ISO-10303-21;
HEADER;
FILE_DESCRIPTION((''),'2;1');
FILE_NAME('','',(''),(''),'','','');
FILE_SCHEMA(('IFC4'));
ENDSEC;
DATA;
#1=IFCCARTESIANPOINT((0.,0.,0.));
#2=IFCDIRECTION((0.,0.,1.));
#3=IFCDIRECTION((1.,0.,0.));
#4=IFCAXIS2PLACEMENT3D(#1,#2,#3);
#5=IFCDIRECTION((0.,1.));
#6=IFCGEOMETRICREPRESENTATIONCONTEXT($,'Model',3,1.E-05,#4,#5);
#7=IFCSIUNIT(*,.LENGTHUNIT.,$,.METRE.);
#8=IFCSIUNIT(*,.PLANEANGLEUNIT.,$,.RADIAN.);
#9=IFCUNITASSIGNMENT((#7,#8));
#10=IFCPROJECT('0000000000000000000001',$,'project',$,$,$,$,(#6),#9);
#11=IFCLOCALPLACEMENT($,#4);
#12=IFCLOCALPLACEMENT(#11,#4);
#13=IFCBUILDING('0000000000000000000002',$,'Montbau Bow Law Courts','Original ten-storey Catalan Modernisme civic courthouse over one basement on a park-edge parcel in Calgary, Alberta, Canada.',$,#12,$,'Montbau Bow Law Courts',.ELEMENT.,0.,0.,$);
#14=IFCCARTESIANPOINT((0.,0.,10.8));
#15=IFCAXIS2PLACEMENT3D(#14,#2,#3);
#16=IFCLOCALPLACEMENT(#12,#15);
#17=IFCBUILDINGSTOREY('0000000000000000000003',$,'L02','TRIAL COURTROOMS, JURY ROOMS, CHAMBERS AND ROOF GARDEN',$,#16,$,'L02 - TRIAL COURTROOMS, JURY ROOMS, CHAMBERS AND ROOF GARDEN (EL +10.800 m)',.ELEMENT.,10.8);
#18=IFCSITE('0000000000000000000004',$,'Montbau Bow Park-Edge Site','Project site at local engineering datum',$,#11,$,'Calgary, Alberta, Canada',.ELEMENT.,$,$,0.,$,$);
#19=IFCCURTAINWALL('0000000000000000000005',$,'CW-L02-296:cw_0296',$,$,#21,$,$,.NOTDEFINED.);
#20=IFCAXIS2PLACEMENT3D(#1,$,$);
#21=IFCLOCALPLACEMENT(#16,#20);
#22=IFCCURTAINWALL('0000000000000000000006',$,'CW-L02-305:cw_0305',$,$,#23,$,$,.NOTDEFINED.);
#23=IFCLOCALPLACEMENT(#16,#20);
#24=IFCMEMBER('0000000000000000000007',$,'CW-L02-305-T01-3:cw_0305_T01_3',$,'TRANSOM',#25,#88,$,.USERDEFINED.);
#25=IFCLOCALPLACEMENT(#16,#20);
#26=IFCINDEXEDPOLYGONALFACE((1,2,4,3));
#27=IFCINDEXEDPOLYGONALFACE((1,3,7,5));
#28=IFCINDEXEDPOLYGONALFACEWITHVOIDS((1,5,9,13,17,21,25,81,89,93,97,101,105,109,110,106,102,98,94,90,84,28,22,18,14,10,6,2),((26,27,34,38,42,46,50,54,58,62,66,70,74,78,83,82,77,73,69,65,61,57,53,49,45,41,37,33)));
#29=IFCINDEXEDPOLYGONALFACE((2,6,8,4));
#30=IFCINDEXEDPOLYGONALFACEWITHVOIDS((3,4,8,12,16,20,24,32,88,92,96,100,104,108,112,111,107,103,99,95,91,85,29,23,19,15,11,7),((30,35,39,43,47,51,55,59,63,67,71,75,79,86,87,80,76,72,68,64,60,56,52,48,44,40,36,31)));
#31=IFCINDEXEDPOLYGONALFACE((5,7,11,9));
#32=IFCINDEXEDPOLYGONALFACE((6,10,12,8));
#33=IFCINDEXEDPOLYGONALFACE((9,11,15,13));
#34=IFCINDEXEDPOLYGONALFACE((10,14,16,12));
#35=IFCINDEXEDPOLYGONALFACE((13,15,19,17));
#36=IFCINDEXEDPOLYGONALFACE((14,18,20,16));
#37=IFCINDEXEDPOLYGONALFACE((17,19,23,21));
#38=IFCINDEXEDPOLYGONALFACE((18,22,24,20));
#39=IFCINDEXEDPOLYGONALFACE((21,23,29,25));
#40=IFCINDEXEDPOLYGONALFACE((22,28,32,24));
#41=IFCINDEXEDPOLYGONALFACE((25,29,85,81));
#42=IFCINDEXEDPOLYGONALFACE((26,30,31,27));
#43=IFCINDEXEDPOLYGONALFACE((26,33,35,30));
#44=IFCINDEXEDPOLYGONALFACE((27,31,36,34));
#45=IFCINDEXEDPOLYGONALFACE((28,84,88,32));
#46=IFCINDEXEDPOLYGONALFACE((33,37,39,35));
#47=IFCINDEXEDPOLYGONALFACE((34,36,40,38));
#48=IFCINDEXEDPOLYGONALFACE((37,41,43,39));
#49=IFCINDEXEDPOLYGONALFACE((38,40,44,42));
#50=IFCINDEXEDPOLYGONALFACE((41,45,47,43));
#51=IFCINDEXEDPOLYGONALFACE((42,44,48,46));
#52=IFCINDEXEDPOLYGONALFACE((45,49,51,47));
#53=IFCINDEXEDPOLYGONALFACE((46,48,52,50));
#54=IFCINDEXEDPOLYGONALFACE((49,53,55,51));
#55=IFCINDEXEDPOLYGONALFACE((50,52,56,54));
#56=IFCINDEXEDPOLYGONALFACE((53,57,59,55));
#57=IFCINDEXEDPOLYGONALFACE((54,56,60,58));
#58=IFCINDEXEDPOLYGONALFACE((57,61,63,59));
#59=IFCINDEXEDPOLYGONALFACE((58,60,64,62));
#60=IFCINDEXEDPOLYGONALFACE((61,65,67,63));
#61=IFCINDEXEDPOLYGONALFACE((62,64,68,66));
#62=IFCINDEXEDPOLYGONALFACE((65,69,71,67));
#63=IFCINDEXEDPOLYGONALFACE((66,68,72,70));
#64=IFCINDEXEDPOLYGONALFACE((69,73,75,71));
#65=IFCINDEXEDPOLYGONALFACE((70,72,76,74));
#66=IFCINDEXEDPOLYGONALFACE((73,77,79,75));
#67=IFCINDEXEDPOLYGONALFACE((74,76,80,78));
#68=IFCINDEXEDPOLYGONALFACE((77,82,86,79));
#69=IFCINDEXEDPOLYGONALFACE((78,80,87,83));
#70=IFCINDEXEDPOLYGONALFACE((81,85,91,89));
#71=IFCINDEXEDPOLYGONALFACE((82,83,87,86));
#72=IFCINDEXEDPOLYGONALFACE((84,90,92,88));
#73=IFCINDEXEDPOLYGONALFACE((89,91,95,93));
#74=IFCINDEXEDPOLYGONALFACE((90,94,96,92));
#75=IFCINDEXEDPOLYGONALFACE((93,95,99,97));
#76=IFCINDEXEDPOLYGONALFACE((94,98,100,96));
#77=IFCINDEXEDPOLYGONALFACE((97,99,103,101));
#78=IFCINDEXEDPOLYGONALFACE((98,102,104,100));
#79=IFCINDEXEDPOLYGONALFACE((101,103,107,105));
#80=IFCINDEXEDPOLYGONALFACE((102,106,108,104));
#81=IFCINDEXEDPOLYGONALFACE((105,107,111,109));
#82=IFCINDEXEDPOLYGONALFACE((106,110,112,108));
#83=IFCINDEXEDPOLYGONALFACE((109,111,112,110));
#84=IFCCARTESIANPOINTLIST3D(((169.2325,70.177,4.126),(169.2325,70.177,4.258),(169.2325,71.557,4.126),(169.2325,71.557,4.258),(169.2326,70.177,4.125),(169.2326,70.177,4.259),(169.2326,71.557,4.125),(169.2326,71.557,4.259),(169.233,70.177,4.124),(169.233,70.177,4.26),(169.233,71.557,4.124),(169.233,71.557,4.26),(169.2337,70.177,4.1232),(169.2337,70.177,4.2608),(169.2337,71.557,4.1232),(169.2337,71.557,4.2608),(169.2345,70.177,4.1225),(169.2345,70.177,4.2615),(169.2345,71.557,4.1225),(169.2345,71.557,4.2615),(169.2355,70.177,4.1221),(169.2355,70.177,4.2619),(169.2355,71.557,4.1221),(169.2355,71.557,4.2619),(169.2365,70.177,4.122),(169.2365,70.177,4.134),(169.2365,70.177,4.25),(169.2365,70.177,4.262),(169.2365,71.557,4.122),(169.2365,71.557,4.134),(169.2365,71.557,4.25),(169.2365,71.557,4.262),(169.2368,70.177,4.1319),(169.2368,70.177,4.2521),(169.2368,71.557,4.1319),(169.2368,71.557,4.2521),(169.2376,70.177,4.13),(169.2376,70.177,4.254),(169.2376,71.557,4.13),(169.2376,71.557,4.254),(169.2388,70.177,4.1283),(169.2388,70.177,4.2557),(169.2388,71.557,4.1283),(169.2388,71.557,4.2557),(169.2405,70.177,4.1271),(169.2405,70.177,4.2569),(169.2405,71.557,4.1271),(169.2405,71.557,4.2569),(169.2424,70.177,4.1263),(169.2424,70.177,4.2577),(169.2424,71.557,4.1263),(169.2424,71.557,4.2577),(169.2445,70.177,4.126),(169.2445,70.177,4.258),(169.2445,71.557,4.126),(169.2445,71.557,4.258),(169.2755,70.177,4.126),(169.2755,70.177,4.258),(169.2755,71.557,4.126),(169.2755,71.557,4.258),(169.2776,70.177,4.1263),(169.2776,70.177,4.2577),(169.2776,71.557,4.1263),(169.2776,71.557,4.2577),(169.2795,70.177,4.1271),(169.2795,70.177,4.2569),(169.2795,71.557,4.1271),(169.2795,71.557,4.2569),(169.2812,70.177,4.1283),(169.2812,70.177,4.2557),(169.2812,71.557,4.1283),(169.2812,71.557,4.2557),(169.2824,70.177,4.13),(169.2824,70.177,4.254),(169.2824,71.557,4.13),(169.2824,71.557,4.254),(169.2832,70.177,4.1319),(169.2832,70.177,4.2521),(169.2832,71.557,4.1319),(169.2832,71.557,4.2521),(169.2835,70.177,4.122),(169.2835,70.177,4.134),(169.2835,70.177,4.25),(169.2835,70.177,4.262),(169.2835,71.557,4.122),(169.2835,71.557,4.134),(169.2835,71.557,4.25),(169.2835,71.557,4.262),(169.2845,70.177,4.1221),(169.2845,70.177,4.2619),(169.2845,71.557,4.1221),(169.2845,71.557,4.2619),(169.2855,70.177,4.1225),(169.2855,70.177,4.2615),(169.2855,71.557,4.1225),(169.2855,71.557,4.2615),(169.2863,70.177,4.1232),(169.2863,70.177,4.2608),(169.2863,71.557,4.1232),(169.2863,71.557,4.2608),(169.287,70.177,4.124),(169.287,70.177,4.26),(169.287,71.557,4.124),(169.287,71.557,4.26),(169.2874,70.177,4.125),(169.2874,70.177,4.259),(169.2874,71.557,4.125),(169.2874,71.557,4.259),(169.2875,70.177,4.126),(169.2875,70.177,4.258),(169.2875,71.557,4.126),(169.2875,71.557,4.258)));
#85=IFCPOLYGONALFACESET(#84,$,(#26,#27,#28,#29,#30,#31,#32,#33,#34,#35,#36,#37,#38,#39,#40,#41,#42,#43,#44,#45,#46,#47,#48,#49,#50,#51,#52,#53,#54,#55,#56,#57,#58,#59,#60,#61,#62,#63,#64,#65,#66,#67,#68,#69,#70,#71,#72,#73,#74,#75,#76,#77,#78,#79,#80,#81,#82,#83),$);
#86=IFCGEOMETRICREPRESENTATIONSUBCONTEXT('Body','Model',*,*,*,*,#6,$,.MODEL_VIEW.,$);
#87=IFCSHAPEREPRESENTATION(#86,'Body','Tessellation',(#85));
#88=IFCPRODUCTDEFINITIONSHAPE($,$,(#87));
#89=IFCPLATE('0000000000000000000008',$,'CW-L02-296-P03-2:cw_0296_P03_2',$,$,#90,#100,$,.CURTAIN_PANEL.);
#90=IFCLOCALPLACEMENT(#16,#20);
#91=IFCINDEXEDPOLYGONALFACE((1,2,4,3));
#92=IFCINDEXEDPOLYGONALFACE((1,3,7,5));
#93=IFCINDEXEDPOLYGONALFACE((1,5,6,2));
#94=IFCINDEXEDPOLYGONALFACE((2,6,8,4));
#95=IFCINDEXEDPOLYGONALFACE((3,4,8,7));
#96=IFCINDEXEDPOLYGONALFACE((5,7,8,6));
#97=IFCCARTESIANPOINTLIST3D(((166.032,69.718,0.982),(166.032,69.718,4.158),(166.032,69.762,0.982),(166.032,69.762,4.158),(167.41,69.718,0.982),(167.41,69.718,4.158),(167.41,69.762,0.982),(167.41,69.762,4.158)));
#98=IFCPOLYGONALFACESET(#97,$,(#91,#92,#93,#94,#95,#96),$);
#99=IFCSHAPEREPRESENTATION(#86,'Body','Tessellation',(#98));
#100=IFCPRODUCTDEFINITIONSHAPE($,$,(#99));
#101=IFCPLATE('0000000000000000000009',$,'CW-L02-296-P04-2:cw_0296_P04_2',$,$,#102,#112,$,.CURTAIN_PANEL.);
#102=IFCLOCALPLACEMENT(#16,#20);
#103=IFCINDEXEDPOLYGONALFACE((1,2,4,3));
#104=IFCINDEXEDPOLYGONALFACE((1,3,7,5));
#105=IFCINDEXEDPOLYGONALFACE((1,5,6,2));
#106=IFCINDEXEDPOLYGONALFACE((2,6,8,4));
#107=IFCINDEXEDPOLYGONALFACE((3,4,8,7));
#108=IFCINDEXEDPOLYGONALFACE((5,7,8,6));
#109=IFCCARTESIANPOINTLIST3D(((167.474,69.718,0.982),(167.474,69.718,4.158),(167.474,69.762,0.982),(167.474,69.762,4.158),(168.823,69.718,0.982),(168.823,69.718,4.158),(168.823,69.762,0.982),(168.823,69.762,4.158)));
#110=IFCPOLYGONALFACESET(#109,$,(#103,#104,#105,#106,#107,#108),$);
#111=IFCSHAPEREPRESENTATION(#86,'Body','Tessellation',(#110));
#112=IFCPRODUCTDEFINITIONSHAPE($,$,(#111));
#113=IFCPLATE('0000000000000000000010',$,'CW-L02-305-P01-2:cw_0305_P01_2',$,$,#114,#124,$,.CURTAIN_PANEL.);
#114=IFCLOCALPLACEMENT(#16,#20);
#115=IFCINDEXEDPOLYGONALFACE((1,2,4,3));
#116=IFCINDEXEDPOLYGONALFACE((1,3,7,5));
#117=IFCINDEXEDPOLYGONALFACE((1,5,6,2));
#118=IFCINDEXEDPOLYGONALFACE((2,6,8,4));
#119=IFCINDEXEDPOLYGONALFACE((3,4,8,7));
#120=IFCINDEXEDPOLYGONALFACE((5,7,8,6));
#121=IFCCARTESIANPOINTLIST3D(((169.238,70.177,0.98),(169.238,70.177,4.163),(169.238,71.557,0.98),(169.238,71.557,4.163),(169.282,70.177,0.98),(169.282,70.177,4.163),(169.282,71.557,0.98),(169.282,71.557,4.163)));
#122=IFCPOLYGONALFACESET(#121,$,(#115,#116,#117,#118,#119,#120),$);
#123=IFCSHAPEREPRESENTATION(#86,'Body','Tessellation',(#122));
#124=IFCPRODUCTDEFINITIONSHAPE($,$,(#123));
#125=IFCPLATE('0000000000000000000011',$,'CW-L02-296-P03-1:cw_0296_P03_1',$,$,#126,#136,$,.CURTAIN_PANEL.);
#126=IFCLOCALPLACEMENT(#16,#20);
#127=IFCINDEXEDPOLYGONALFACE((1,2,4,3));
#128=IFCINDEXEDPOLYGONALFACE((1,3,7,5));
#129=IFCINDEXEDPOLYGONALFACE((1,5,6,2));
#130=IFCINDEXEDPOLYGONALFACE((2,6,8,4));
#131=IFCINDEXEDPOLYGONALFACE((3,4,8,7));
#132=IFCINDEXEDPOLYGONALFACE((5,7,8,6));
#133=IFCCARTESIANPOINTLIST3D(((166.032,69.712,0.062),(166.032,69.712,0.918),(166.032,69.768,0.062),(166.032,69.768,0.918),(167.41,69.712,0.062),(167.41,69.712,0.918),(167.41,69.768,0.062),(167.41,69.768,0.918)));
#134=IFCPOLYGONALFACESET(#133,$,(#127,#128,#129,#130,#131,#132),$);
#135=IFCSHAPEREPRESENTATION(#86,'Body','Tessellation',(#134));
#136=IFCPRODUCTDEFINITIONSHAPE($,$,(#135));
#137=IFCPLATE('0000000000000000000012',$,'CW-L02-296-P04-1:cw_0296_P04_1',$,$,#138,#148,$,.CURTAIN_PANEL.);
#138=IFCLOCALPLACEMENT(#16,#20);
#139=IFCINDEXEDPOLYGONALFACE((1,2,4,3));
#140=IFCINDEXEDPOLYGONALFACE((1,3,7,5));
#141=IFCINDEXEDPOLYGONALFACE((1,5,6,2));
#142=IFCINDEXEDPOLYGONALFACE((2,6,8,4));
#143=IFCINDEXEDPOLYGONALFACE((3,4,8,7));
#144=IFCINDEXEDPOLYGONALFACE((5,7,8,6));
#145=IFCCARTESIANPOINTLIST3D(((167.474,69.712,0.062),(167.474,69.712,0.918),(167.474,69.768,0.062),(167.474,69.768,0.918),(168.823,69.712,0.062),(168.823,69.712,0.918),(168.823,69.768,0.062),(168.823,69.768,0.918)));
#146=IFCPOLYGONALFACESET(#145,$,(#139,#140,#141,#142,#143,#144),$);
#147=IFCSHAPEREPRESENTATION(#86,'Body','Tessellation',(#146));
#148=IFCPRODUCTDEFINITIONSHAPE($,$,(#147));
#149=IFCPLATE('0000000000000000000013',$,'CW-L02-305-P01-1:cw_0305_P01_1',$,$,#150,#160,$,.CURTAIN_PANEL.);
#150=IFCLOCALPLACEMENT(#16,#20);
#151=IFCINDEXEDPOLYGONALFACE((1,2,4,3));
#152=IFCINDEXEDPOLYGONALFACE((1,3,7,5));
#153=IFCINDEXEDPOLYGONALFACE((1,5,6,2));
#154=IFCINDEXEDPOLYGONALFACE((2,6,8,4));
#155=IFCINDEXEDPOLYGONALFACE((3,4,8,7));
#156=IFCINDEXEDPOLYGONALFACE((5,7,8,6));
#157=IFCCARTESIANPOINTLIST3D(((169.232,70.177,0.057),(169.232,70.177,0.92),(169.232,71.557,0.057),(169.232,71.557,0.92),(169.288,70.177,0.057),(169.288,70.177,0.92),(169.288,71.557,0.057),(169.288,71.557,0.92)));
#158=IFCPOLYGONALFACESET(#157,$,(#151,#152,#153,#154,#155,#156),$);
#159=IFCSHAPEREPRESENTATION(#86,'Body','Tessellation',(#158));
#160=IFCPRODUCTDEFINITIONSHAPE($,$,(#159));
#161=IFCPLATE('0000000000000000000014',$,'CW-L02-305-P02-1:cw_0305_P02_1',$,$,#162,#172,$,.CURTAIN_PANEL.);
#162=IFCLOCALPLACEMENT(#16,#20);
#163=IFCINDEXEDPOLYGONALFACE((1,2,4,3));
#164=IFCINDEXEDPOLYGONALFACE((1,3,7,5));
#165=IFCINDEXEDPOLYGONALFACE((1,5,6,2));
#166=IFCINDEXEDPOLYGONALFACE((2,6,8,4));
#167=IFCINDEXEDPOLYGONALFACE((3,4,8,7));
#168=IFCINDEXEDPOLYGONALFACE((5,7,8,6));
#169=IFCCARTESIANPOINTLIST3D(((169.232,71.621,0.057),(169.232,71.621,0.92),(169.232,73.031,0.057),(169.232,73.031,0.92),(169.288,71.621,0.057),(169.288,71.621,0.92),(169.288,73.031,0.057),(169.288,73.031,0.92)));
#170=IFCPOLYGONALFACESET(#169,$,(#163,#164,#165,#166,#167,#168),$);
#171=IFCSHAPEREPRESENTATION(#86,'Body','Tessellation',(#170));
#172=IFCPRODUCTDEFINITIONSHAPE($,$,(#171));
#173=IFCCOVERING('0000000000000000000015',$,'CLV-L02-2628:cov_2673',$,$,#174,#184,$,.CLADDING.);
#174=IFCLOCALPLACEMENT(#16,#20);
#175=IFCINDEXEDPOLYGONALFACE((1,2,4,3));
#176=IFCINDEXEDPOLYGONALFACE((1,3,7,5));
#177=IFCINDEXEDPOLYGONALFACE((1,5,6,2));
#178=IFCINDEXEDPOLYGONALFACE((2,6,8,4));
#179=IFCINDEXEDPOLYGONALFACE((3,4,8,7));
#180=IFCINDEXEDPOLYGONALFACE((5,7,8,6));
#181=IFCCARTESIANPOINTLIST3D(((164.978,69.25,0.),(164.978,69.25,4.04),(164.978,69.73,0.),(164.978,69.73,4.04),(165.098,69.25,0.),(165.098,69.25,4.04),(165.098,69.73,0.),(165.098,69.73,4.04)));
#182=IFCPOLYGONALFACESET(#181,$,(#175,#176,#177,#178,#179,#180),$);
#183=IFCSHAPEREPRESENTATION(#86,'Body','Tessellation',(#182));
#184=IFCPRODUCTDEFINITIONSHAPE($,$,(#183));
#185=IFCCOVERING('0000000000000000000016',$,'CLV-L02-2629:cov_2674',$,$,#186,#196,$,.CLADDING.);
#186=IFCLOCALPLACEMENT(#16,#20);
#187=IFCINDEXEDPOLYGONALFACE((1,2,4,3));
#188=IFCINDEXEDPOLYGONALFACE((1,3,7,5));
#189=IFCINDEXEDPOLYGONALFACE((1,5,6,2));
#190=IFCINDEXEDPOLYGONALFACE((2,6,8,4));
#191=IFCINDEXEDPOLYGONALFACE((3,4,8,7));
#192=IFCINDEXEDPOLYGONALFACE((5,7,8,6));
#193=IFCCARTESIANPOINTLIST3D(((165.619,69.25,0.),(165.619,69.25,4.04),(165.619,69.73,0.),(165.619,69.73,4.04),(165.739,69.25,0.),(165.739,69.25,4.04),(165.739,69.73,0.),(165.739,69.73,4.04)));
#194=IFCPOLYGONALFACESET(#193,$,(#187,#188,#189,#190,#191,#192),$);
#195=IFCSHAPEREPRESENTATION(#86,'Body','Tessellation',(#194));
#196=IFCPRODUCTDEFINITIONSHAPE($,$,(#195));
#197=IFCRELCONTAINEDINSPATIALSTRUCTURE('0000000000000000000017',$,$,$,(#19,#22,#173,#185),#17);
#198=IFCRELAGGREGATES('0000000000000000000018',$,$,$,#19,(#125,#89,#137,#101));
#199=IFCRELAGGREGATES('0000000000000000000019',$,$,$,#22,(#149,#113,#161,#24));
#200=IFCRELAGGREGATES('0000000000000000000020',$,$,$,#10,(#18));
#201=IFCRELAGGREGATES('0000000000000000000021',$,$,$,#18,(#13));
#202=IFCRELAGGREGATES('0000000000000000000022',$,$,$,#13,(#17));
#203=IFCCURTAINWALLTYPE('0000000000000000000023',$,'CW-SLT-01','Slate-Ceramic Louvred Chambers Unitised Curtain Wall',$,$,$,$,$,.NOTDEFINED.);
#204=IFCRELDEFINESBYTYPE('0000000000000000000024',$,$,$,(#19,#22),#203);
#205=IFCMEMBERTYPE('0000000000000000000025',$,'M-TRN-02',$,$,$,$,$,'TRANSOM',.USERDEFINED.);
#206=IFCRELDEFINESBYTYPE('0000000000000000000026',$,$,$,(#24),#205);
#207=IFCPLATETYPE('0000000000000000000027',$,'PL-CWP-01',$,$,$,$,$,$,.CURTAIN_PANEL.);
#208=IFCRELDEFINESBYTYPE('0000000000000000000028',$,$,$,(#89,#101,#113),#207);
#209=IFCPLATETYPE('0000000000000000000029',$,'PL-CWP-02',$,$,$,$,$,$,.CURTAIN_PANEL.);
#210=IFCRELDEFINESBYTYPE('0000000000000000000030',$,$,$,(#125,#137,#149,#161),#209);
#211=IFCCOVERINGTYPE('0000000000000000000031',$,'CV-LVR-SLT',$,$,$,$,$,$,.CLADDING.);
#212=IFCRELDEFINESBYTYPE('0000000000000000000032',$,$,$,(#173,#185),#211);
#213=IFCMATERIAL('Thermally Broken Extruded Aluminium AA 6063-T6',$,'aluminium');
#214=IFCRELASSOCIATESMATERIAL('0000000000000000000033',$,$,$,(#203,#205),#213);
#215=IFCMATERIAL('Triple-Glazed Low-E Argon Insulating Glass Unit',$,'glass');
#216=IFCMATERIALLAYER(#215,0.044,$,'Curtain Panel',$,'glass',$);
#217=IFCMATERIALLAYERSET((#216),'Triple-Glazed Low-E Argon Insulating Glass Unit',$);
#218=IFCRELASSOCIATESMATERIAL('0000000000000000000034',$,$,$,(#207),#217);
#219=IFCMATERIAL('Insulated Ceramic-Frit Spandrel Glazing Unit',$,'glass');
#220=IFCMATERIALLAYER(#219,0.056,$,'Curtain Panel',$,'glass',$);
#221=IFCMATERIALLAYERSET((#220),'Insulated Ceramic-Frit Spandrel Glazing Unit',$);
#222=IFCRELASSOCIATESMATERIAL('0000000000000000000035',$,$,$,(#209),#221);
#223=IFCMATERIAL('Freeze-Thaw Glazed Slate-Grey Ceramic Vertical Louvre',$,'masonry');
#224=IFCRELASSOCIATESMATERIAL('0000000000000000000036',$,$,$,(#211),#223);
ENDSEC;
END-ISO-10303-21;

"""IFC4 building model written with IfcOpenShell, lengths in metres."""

from ifc_helpers import new_model, si_unit, direction, frame, frame_2d, origin_with_axes, origin_2d_with_axis, place, context, subcontext, project, spatial, rectangle, hollow_rectangle, extrude, material, layer, layer_set, material_profile, profile_set, type_object, element, aggregate, save


model = new_model("IFC4")

# Units and contexts
model_context = context("Model", 3, precision=1e-05, world=origin_with_axes(), true_north=direction((0.0, 1.0)))
body_context = subcontext(model_context, "Body", "Model", "MODEL_VIEW")
ifc_project = project(units=[si_unit("LENGTHUNIT", "METRE"), si_unit("PLANEANGLEUNIT", "RADIAN")], contexts=[model_context])

# Site, building, storey
site_placement = place(None, origin_with_axes())
site = spatial("IfcSite", under=ifc_project, at=site_placement, Name="Montbau Bow Park-Edge Site", Description="Project site at local engineering datum", LongName="Calgary, Alberta, Canada", CompositionType="ELEMENT", RefElevation=0.0)
building_placement = place(site_placement, origin_with_axes())
building = spatial("IfcBuilding", under=site, at=building_placement, Name="Montbau Bow Law Courts", Description="Original ten-storey Catalan Modernisme civic courthouse over one basement on a park-edge parcel in Calgary, Alberta, Canada.", LongName="Montbau Bow Law Courts", CompositionType="ELEMENT", ElevationOfRefHeight=0.0, ElevationOfTerrain=0.0)
storey_placement = place(building_placement, frame((0.0, 0.0, 10.8), z_axis=(0.0, 0.0, 1.0), x_axis=(1.0, 0.0, 0.0)))
storey = spatial("IfcBuildingStorey", under=building, at=storey_placement, Name="L02", Description="TRIAL COURTROOMS, JURY ROOMS, CHAMBERS AND ROOF GARDEN", LongName="L02 - TRIAL COURTROOMS, JURY ROOMS, CHAMBERS AND ROOF GARDEN (EL +10.800 m)", CompositionType="ELEMENT", Elevation=10.8)

# Curtain walls
ifc_material_1 = material(Name="Thermally Broken Extruded Aluminium AA 6063-T6", Category="aluminium")
curtain_wall_type = type_object("IfcCurtainWallType", Name="CW-SLT-01", Description="Slate-Ceramic Louvred Chambers Unitised Curtain Wall", PredefinedType="NOTDEFINED", material=ifc_material_1)
curtain_wall_1_placement = place(None, frame((163.115, 69.74, 10.8), z_axis=(0.0, 0.0, 1.0), x_axis=(1.0, 0.0, 0.0)))
curtain_wall_1 = element("IfcCurtainWall", 1, at=curtain_wall_1_placement, inside=storey, type_object=curtain_wall_type, Name="CW-L02-296:cw_0296", PredefinedType="NOTDEFINED")
curtain_wall_2_placement = place(None, frame((169.26, 70.115, 10.8), z_axis=(0.0, 0.0, 1.0), x_axis=(1.0, 0.0, 0.0)))
curtain_wall_2 = element("IfcCurtainWall", 2, at=curtain_wall_2_placement, inside=storey, type_object=curtain_wall_type, Name="CW-L02-305:cw_0305", PredefinedType="NOTDEFINED")

# Member
ifc_material_profile_1 = material_profile(ifc_material_1, hollow_rectangle(XDim=0.055, YDim=0.14, WallThickness=0.004, InnerFilletRadius=0.008, OuterFilletRadius=0.004, at=origin_2d_with_axis()), Name="CWT-140X55", Category="Main", Priority=0)
ifc_profile_set_1 = profile_set([ifc_material_profile_1], Name="Thermally Broken Extruded Aluminium AA 6063-T6")
member_type_1 = type_object("IfcMemberType", Name="M-TRN-02", ElementType="TRANSOM", PredefinedType="USERDEFINED", material=ifc_profile_set_1)
member_1_placement = place(None, frame((169.26, 70.177, 14.992), z_axis=(0.0, 1.0, 0.0), x_axis=(-1.0, 0.0, 0.0)))
member_1 = element("IfcMember", 3, at=member_1_placement, type_object=member_type_1, Name="CW-L02-305-T01-3:cw_0305_T01_3", ObjectType="TRANSOM", PredefinedType="USERDEFINED", context=body_context, shape_type="SweptSolid", body=[
    extrude(hollow_rectangle(XDim=0.055, YDim=0.14, WallThickness=0.004, InnerFilletRadius=0.008, OuterFilletRadius=0.004, at=origin_2d_with_axis()), origin_with_axes(), (0.0, 0.0, 1.0), 1.38),
])

# Plates
ifc_material_2 = material(Name="Triple-Glazed Low-E Argon Insulating Glass Unit", Category="glass")
ifc_layer_1 = layer(ifc_material_2, 0.044, Name="Curtain Panel", Category="glass")
ifc_layer_set_1 = layer_set([ifc_layer_1], Name="Triple-Glazed Low-E Argon Insulating Glass Unit")
plate_type_1 = type_object("IfcPlateType", Name="PL-CWP-01", PredefinedType="CURTAIN_PANEL", material=ifc_layer_set_1)
plate_1_placement = place(None, frame((166.032, 69.74, 11.782), z_axis=(0.0, -1.0, 0.0), x_axis=(1.0, 0.0, 0.0)))
plate_1 = element("IfcPlate", 4, at=plate_1_placement, type_object=plate_type_1, Name="CW-L02-296-P03-2:cw_0296_P03_2", PredefinedType="CURTAIN_PANEL", context=body_context, shape_type="SweptSolid", body=[
    extrude(rectangle(XDim=1.378, YDim=3.176, at=frame_2d((0.689, 1.588), x_axis=(1.0, 0.0))), frame((0.0, 0.0, -0.022), z_axis=(0.0, 0.0, 1.0), x_axis=(1.0, 0.0, 0.0)), (0.0, 0.0, 1.0), 0.044),
])
plate_2_placement = place(None, frame((167.474, 69.74, 11.782), z_axis=(0.0, -1.0, 0.0), x_axis=(1.0, 0.0, 0.0)))
plate_2 = element("IfcPlate", 5, at=plate_2_placement, type_object=plate_type_1, Name="CW-L02-296-P04-2:cw_0296_P04_2", PredefinedType="CURTAIN_PANEL", context=body_context, shape_type="SweptSolid", body=[
    extrude(rectangle(XDim=1.349, YDim=3.176, at=frame_2d((0.6745, 1.588), x_axis=(1.0, 0.0))), frame((0.0, 0.0, -0.022), z_axis=(0.0, 0.0, 1.0), x_axis=(1.0, 0.0, 0.0)), (0.0, 0.0, 1.0), 0.044),
])
plate_3_placement = place(None, frame((169.26, 70.177, 11.78), z_axis=(1.0, 0.0, 0.0), x_axis=(0.0, 1.0, 0.0)))
plate_3 = element("IfcPlate", 6, at=plate_3_placement, type_object=plate_type_1, Name="CW-L02-305-P01-2:cw_0305_P01_2", PredefinedType="CURTAIN_PANEL", context=body_context, shape_type="SweptSolid", body=[
    extrude(rectangle(XDim=1.38, YDim=3.183, at=frame_2d((0.69, 1.5915), x_axis=(1.0, 0.0))), frame((0.0, 0.0, -0.022), z_axis=(0.0, 0.0, 1.0), x_axis=(1.0, 0.0, 0.0)), (0.0, 0.0, 1.0), 0.044),
])
ifc_material_3 = material(Name="Insulated Ceramic-Frit Spandrel Glazing Unit", Category="glass")
ifc_layer_2 = layer(ifc_material_3, 0.056, Name="Curtain Panel", Category="glass")
ifc_layer_set_2 = layer_set([ifc_layer_2], Name="Insulated Ceramic-Frit Spandrel Glazing Unit")
plate_type_2 = type_object("IfcPlateType", Name="PL-CWP-02", PredefinedType="CURTAIN_PANEL", material=ifc_layer_set_2)
plate_4_placement = place(None, frame((166.032, 69.74, 10.862), z_axis=(0.0, -1.0, 0.0), x_axis=(1.0, 0.0, 0.0)))
plate_4 = element("IfcPlate", 7, at=plate_4_placement, type_object=plate_type_2, Name="CW-L02-296-P03-1:cw_0296_P03_1", PredefinedType="CURTAIN_PANEL", context=body_context, shape_type="SweptSolid", body=[
    extrude(rectangle(XDim=1.378, YDim=0.856, at=frame_2d((0.689, 0.428), x_axis=(1.0, 0.0))), frame((0.0, 0.0, -0.028), z_axis=(0.0, 0.0, 1.0), x_axis=(1.0, 0.0, 0.0)), (0.0, 0.0, 1.0), 0.056),
])
plate_5_placement = place(None, frame((167.474, 69.74, 10.862), z_axis=(0.0, -1.0, 0.0), x_axis=(1.0, 0.0, 0.0)))
plate_5 = element("IfcPlate", 8, at=plate_5_placement, type_object=plate_type_2, Name="CW-L02-296-P04-1:cw_0296_P04_1", PredefinedType="CURTAIN_PANEL", context=body_context, shape_type="SweptSolid", body=[
    extrude(rectangle(XDim=1.349, YDim=0.856, at=frame_2d((0.6745, 0.428), x_axis=(1.0, 0.0))), frame((0.0, 0.0, -0.028), z_axis=(0.0, 0.0, 1.0), x_axis=(1.0, 0.0, 0.0)), (0.0, 0.0, 1.0), 0.056),
])
aggregate(curtain_wall_1, [plate_4, plate_1, plate_5, plate_2])
plate_6_placement = place(None, frame((169.26, 70.177, 10.857), z_axis=(1.0, 0.0, 0.0), x_axis=(0.0, 1.0, 0.0)))
plate_6 = element("IfcPlate", 9, at=plate_6_placement, type_object=plate_type_2, Name="CW-L02-305-P01-1:cw_0305_P01_1", PredefinedType="CURTAIN_PANEL", context=body_context, shape_type="SweptSolid", body=[
    extrude(rectangle(XDim=1.38, YDim=0.863, at=frame_2d((0.69, 0.4315), x_axis=(1.0, 0.0))), frame((0.0, 0.0, -0.028), z_axis=(0.0, 0.0, 1.0), x_axis=(1.0, 0.0, 0.0)), (0.0, 0.0, 1.0), 0.056),
])
plate_7_placement = place(None, frame((169.26, 71.621, 10.857), z_axis=(1.0, 0.0, 0.0), x_axis=(0.0, 1.0, 0.0)))
plate_7 = element("IfcPlate", 10, at=plate_7_placement, type_object=plate_type_2, Name="CW-L02-305-P02-1:cw_0305_P02_1", PredefinedType="CURTAIN_PANEL", context=body_context, shape_type="SweptSolid", body=[
    extrude(rectangle(XDim=1.41, YDim=0.863, at=frame_2d((0.705, 0.4315), x_axis=(1.0, 0.0))), frame((0.0, 0.0, -0.028), z_axis=(0.0, 0.0, 1.0), x_axis=(1.0, 0.0, 0.0)), (0.0, 0.0, 1.0), 0.056),
])
aggregate(curtain_wall_2, [plate_6, plate_3, plate_7, member_1])

# Coverings
ifc_material_4 = material(Name="Freeze-Thaw Glazed Slate-Grey Ceramic Vertical Louvre", Category="masonry")
covering_type = type_object("IfcCoveringType", Name="CV-LVR-SLT", PredefinedType="CLADDING", material=ifc_material_4)
for number, where, z_axis, x_axis, name in (
    (11, (165.038, 69.73, 10.8), (-1.0, 0.0, 0.0), (0.0, -1.0, 0.0), "CLV-L02-2628:cov_2673"),
    (12, (165.679, 69.73, 10.8), (-1.0, 0.0, 0.0), (0.0, -1.0, 0.0), "CLV-L02-2629:cov_2674"),
):
    element("IfcCovering", number, at=place(None, frame(where, z_axis=z_axis, x_axis=x_axis)), inside=storey, type_object=covering_type, Name=name, PredefinedType="CLADDING", context=body_context, shape_type="SweptSolid", body=[
        extrude(rectangle(XDim=0.48, YDim=4.04, at=frame_2d((0.24, 2.02), x_axis=(1.0, 0.0))), frame((0.0, 0.0, -0.06), z_axis=(0.0, 0.0, 1.0), x_axis=(1.0, 0.0, 0.0)), (0.0, 0.0, 1.0), 0.12),
    ])

save(model, "model.ifc")
